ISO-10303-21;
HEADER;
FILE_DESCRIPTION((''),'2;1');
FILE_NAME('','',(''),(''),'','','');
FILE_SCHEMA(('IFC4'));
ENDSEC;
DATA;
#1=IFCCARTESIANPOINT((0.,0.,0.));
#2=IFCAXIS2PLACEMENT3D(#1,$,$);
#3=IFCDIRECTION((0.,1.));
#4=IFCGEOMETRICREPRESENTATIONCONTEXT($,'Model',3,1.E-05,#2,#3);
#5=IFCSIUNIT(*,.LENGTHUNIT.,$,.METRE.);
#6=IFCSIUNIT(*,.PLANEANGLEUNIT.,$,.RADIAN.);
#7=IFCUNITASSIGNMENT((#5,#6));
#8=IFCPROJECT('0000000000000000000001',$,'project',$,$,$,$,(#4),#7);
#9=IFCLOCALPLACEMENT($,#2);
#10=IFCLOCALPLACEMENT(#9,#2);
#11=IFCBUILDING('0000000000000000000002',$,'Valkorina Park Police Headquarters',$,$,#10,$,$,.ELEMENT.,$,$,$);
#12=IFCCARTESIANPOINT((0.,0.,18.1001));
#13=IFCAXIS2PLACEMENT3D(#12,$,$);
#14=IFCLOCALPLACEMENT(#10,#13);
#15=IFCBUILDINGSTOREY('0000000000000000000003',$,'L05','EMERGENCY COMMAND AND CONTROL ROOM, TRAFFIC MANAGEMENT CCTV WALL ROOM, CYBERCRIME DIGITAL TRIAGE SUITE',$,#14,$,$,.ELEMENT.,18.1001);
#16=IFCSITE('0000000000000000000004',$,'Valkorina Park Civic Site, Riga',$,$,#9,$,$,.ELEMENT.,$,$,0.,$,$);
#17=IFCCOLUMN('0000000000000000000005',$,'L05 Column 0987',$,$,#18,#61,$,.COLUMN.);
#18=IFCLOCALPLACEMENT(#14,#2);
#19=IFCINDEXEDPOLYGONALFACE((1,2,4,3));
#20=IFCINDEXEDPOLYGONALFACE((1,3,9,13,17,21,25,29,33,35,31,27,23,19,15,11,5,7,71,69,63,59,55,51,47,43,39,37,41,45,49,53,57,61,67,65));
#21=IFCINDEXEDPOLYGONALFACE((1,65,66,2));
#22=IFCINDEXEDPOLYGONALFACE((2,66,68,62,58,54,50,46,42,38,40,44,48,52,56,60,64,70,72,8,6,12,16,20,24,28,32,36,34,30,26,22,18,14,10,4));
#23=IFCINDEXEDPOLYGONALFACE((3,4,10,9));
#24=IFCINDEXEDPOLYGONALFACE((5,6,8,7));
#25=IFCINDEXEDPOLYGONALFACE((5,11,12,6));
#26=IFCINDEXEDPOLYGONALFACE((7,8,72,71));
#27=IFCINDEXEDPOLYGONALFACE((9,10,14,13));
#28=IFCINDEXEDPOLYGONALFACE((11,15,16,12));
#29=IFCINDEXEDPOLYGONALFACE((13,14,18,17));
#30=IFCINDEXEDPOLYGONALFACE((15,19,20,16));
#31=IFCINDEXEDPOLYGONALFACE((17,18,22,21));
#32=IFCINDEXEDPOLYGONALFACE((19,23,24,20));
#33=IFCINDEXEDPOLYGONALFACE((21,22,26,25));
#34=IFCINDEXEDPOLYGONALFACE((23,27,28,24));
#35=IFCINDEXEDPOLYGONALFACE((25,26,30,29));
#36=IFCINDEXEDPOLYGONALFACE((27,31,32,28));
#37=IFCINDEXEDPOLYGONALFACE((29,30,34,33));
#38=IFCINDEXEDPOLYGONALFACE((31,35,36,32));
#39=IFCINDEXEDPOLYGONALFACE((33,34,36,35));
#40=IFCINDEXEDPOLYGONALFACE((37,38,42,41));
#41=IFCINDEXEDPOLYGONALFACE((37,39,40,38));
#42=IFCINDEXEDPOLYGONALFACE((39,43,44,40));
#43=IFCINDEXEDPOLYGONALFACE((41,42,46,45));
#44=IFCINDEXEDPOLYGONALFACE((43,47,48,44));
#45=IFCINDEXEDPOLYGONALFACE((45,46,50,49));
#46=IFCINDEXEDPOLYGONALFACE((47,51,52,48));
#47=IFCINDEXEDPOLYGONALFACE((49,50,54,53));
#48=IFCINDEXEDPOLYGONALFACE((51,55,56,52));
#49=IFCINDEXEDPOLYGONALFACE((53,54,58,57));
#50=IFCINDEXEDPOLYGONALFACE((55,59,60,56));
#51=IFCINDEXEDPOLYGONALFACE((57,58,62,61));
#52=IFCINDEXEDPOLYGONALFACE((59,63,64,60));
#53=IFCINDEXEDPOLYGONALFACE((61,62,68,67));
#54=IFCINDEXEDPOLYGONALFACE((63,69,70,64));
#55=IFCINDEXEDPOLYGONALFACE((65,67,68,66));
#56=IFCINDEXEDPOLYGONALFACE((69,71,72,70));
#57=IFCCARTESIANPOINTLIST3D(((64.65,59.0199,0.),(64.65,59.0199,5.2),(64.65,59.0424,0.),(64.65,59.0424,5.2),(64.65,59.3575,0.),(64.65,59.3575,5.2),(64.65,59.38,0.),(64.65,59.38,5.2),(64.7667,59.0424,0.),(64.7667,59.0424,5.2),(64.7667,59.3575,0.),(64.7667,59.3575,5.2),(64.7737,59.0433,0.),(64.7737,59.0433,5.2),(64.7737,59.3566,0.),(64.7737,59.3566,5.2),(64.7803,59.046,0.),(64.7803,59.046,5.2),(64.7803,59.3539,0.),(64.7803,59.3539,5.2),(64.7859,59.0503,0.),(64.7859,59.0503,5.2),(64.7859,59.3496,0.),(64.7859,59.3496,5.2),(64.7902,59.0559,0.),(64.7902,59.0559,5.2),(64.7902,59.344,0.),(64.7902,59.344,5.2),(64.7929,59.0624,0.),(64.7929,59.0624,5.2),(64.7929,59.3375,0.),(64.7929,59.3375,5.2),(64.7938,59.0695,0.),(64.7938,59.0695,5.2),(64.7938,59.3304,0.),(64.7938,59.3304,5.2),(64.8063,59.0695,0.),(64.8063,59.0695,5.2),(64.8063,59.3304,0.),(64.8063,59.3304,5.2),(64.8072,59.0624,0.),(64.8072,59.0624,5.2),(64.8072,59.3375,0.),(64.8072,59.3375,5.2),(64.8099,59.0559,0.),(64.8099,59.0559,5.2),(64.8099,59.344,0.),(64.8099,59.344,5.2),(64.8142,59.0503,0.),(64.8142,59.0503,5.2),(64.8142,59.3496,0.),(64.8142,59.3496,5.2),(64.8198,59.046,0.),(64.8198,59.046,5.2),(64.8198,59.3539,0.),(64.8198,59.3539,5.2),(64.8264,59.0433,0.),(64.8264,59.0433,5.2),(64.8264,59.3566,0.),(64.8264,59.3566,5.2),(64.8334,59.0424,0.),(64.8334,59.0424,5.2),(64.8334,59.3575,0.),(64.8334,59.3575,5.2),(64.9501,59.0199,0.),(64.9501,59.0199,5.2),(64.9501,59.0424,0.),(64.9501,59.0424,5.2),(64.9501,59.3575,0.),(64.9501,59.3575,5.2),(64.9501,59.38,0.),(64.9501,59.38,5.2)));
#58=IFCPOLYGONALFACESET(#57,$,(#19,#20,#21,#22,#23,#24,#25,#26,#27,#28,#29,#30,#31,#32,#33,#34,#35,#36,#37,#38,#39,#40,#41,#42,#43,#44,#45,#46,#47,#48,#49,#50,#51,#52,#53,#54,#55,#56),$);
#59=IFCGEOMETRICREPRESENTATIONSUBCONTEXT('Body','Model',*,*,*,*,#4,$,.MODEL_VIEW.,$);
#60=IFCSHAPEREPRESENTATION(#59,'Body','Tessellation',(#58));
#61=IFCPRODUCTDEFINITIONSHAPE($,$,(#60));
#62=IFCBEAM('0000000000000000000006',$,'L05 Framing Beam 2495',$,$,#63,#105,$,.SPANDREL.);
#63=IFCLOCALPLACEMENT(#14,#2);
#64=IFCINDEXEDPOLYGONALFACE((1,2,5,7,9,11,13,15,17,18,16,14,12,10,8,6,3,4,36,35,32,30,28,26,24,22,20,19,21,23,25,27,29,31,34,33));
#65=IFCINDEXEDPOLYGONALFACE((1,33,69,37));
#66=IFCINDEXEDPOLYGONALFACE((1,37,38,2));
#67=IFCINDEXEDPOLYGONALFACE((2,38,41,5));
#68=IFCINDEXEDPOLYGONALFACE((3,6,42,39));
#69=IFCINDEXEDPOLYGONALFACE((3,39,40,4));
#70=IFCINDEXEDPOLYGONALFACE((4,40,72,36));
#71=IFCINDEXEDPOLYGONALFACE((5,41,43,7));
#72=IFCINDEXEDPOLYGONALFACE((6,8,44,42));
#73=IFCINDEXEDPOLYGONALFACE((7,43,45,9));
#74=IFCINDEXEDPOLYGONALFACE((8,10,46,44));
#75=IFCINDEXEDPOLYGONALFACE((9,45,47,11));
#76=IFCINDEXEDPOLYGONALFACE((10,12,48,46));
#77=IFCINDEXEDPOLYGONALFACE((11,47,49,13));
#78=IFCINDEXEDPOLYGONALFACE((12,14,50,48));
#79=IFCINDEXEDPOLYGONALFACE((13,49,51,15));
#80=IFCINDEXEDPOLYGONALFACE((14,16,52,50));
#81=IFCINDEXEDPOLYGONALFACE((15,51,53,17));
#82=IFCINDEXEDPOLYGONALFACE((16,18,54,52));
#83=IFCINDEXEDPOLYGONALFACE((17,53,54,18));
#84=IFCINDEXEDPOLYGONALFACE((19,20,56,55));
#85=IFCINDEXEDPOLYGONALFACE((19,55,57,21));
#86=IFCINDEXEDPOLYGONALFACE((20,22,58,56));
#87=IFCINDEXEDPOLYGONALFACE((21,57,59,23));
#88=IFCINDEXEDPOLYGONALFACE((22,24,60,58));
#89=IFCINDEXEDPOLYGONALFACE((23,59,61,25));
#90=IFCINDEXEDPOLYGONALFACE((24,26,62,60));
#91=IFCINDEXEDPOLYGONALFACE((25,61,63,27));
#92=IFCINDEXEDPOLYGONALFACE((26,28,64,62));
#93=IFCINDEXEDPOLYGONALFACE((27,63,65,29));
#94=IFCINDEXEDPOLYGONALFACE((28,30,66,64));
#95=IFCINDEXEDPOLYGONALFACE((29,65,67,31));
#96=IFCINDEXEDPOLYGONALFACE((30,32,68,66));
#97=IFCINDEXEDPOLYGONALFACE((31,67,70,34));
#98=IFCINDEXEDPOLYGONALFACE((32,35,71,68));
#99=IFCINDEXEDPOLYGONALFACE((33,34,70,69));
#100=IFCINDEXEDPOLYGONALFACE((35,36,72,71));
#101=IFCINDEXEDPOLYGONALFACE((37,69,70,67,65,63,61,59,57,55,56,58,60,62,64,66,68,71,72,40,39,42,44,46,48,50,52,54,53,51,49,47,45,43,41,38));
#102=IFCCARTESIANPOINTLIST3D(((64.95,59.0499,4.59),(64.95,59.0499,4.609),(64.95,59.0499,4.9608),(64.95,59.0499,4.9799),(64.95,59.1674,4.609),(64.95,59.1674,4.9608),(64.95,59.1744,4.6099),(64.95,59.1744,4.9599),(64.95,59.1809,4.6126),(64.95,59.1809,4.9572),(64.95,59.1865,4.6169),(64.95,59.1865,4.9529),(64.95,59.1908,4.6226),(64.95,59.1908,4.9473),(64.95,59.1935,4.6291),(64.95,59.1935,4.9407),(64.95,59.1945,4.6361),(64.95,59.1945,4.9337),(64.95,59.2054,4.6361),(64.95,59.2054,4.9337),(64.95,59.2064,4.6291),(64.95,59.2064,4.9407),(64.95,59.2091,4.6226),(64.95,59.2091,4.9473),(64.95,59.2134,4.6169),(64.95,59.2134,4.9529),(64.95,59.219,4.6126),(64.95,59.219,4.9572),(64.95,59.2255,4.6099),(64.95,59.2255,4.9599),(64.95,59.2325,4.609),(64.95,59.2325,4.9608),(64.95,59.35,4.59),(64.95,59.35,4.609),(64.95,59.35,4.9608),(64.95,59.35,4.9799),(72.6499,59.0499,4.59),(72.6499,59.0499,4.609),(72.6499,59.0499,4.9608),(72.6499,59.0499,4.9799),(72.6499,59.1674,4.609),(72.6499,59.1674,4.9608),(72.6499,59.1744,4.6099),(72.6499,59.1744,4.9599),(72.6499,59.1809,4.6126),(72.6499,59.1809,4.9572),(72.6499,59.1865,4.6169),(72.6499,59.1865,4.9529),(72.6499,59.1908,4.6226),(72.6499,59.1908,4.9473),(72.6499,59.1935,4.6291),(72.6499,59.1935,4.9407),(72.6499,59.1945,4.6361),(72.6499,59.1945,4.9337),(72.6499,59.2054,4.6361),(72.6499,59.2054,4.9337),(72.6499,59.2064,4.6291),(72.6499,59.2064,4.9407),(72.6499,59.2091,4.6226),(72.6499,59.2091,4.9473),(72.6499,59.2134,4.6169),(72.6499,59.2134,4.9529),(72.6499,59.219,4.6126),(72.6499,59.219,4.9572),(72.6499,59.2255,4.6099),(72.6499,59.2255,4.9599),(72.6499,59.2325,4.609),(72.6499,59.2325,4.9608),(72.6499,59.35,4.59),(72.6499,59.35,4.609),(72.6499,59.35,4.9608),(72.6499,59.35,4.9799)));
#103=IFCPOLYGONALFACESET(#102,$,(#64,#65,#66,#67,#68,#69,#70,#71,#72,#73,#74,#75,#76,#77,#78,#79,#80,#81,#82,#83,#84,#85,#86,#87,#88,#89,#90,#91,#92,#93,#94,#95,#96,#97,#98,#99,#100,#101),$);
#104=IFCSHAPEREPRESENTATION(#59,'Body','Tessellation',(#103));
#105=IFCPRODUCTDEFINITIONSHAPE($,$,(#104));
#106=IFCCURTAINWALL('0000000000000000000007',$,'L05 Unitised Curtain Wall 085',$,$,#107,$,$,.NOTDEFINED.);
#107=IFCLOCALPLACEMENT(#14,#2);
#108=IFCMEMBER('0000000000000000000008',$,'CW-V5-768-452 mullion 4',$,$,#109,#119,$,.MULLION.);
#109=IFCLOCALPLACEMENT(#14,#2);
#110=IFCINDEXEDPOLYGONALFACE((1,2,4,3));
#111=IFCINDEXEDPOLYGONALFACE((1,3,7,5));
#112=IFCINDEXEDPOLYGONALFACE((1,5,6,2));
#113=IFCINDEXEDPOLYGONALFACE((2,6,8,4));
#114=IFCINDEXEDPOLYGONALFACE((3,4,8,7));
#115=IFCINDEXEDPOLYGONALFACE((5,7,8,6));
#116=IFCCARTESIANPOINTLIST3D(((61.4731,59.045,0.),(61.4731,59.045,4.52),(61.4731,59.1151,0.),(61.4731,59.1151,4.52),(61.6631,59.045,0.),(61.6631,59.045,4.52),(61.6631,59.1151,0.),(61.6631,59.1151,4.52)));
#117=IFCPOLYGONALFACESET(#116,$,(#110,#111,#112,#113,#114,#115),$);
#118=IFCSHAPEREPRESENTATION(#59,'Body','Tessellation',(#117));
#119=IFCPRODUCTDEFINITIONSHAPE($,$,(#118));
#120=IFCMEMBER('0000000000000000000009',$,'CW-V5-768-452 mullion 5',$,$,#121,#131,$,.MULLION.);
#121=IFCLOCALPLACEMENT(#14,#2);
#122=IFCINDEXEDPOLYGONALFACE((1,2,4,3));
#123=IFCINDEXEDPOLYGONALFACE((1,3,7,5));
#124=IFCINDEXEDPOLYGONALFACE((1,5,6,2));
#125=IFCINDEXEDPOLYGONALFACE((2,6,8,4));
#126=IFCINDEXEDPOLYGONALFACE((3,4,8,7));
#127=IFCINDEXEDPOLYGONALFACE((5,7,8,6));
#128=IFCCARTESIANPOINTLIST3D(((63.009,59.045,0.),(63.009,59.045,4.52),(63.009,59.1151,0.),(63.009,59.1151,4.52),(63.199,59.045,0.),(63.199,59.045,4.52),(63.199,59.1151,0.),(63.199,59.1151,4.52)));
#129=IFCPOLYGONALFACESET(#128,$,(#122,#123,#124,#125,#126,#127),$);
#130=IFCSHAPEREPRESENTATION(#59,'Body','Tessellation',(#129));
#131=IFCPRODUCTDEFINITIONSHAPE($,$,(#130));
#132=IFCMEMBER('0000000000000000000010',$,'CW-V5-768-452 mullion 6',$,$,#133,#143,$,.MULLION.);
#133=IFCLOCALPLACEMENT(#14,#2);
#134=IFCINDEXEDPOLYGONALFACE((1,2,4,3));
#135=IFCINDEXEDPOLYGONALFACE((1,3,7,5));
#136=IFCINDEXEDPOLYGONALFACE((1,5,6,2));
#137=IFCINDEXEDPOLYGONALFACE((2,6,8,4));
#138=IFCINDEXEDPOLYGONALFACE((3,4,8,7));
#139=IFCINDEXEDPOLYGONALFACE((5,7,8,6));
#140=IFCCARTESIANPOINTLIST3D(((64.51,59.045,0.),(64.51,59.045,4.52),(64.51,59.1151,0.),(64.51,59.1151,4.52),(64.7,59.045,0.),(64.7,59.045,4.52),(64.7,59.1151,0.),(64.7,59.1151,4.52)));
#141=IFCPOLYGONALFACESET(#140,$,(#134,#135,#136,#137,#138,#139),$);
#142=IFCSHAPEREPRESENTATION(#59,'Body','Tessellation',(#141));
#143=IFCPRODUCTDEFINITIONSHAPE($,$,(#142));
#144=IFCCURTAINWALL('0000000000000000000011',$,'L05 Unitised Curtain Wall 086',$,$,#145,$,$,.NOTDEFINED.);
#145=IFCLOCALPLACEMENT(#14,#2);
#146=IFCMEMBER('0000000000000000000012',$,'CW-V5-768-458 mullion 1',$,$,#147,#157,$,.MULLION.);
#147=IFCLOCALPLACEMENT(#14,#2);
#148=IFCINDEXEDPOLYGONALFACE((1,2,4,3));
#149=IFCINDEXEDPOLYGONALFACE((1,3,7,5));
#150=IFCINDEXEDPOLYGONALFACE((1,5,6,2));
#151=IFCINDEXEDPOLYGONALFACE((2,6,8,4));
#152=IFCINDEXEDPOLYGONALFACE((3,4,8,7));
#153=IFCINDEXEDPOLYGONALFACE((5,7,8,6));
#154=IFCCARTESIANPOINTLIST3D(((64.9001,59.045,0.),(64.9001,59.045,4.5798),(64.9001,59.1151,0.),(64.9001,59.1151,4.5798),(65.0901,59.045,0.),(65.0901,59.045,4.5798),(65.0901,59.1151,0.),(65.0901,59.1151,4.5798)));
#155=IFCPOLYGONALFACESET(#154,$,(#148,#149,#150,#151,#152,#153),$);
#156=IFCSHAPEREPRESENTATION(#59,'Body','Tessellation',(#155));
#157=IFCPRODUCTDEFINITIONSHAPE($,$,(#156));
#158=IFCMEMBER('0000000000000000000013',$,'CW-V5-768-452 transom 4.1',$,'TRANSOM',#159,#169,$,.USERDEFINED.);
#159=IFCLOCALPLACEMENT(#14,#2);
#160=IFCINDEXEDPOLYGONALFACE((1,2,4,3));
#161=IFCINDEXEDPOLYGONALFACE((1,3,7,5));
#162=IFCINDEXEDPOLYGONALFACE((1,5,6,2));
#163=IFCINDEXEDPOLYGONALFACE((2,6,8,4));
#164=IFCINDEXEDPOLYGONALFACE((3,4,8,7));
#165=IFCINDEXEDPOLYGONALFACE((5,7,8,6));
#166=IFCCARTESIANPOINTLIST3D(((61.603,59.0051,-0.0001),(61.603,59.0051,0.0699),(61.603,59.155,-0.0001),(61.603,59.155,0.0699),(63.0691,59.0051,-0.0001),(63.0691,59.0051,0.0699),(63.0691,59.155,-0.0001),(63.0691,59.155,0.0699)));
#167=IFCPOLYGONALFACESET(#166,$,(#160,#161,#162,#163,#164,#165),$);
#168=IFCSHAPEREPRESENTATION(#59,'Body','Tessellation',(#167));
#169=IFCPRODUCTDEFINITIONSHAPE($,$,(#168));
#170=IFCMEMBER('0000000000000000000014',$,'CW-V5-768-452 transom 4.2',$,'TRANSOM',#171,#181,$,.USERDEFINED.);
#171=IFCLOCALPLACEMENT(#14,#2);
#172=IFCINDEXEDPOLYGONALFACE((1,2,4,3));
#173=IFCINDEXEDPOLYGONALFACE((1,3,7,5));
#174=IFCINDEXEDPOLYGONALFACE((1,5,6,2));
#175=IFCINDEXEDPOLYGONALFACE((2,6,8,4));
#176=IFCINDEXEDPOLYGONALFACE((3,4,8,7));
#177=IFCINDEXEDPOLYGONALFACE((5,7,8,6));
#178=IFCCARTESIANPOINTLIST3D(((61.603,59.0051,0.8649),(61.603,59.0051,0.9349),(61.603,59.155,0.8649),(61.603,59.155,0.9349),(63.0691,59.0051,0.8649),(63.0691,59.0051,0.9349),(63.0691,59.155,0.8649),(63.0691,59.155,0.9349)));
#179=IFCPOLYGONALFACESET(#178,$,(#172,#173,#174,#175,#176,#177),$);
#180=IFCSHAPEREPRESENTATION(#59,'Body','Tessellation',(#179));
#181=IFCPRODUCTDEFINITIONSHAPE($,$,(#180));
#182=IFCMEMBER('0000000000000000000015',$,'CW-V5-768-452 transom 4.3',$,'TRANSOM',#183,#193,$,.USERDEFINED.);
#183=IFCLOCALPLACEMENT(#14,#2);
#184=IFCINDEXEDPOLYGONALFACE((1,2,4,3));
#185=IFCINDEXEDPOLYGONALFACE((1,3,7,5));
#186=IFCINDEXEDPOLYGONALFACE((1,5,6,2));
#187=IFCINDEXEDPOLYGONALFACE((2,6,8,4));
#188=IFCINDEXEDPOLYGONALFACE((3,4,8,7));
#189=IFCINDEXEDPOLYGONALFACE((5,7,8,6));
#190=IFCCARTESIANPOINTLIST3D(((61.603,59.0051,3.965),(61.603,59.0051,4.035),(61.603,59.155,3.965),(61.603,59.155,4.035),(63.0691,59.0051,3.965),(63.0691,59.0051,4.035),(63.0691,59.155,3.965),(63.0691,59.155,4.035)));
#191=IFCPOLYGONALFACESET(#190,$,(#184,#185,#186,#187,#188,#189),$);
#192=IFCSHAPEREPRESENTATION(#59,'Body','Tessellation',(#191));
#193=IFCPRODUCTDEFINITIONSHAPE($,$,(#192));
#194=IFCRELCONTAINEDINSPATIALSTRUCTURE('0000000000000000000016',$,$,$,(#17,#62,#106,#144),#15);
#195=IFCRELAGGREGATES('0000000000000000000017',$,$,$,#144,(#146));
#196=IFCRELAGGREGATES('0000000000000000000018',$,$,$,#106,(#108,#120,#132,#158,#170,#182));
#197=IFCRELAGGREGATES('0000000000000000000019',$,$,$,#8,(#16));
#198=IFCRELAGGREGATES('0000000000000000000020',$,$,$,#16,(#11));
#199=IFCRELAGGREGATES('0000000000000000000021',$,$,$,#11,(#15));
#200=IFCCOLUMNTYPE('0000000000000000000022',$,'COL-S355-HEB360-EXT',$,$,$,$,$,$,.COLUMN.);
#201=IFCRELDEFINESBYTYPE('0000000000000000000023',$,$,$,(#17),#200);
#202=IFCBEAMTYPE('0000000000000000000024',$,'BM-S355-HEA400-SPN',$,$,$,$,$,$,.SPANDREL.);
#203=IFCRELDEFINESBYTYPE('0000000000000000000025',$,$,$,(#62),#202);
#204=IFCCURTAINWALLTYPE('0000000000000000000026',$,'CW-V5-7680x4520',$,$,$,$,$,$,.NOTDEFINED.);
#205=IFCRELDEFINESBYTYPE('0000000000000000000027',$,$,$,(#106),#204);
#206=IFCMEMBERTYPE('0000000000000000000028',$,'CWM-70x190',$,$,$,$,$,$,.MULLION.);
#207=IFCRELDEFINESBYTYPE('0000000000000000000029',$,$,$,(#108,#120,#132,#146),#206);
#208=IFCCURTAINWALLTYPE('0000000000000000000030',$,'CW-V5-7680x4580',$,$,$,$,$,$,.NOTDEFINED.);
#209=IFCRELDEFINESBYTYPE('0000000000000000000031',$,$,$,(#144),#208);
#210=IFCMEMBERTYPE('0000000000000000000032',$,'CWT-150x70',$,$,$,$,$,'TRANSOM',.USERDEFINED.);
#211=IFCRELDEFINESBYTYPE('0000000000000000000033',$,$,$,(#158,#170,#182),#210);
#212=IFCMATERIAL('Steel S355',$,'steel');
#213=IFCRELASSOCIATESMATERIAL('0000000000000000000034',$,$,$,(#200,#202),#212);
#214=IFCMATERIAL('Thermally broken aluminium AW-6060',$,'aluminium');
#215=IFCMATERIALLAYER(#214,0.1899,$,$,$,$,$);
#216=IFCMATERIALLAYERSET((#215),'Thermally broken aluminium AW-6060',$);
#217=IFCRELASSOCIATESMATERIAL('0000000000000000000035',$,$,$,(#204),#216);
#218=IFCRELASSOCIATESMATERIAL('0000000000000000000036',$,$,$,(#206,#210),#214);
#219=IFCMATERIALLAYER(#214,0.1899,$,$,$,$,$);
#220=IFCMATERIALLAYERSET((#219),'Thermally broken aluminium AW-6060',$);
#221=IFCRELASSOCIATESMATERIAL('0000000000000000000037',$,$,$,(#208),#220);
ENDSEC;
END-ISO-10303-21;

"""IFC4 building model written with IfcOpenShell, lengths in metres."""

from ifc_helpers import new_model, si_unit, direction, frame, origin, origin_2d, place, context, subcontext, project, spatial, rectangle, i_section, extrude, material, layer, layer_set, material_profile, profile_set, type_object, element, aggregate, save


model = new_model("IFC4")

# Units and contexts
model_context = context("Model", 3, precision=1e-05, world=origin(), true_north=direction((0.0, 1.0)))
body_context = subcontext(model_context, "Body", "Model", "MODEL_VIEW")
ifc_project = project(units=[si_unit("LENGTHUNIT", "METRE"), si_unit("PLANEANGLEUNIT", "RADIAN")], contexts=[model_context])

# Site, building, storey
site_placement = place(None, origin())
site = spatial("IfcSite", under=ifc_project, at=site_placement, Name="Valkorina Park Civic Site, Riga", CompositionType="ELEMENT", RefElevation=0.0)
building_placement = place(site_placement, origin())
building = spatial("IfcBuilding", under=site, at=building_placement, Name="Valkorina Park Police Headquarters", CompositionType="ELEMENT")
storey_placement = place(building_placement, frame((0.0, 0.0, 18.1001)))
storey = spatial("IfcBuildingStorey", under=building, at=storey_placement, Name="L05", Description="EMERGENCY COMMAND AND CONTROL ROOM, TRAFFIC MANAGEMENT CCTV WALL ROOM, CYBERCRIME DIGITAL TRIAGE SUITE", CompositionType="ELEMENT", Elevation=18.1001)

# Column
ifc_material_1 = material(Name="Steel S355", Category="steel")
ifc_material_profile_1 = material_profile(ifc_material_1, i_section(OverallWidth=0.3, OverallDepth=0.3601, WebThickness=0.0125, FlangeThickness=0.0225, FilletRadius=0.0271, at=origin_2d()), Name="HEB 360")
ifc_profile_set_1 = profile_set([ifc_material_profile_1], Name="Steel S355")
column_type = type_object("IfcColumnType", Name="COL-S355-HEB360-EXT", PredefinedType="COLUMN", material=ifc_profile_set_1)
column_placement = place(storey_placement, frame((64.8, 59.2, 0.0), z_axis=(0.0, 0.0, 1.0), x_axis=(1.0, 0.0, 0.0)))
element("IfcColumn", 1, at=column_placement, inside=storey, type_object=column_type, Name="L05 Column 0987", PredefinedType="COLUMN", context=body_context, shape_type="SweptSolid", body=[
    extrude(i_section(OverallWidth=0.3, OverallDepth=0.3601, WebThickness=0.0125, FlangeThickness=0.0225, FilletRadius=0.0271, at=origin_2d()), origin(), (0.0, 0.0, 1.0), 5.2),
])

# Beam
ifc_material_profile_2 = material_profile(ifc_material_1, i_section(OverallWidth=0.3, OverallDepth=0.3899, WebThickness=0.011, FlangeThickness=0.019, FilletRadius=0.0271, at=origin_2d()), Name="HEA 400")
ifc_profile_set_2 = profile_set([ifc_material_profile_2], Name="Steel S355")
beam_type = type_object("IfcBeamType", Name="BM-S355-HEA400-SPN", PredefinedType="SPANDREL", material=ifc_profile_set_2)
beam_placement = place(storey_placement, frame((64.95, 59.2, 4.7849), z_axis=(1.0, 0.0, 0.0), x_axis=(0.0, 1.0, 0.0)))
element("IfcBeam", 2, at=beam_placement, inside=storey, type_object=beam_type, Name="L05 Framing Beam 2495", PredefinedType="SPANDREL", context=body_context, shape_type="SweptSolid", body=[
    extrude(i_section(OverallWidth=0.3, OverallDepth=0.3899, WebThickness=0.011, FlangeThickness=0.019, FilletRadius=0.0271, at=origin_2d()), origin(), (0.0, 0.0, 1.0), 7.7),
])

# Curtain wall, members
ifc_material_2 = material(Name="Thermally broken aluminium AW-6060", Category="aluminium")
ifc_layer_1 = layer(ifc_material_2, 0.1899)
ifc_layer_set_1 = layer_set([ifc_layer_1], Name="Thermally broken aluminium AW-6060")
curtain_wall_type_1 = type_object("IfcCurtainWallType", Name="CW-V5-7680x4520", PredefinedType="NOTDEFINED", material=ifc_layer_set_1)
curtain_wall_1_placement = place(storey_placement, origin())
curtain_wall_1 = element("IfcCurtainWall", 3, at=curtain_wall_1_placement, inside=storey, type_object=curtain_wall_type_1, Name="L05 Unitised Curtain Wall 085", PredefinedType="NOTDEFINED")
ifc_material_profile_3 = material_profile(ifc_material_2, rectangle(XDim=0.0701, YDim=0.1899, at=origin_2d()), Name="CWM-02 70x190")
ifc_profile_set_3 = profile_set([ifc_material_profile_3], Name="Thermally broken aluminium AW-6060")
member_type_1 = type_object("IfcMemberType", Name="CWM-70x190", PredefinedType="MULLION", material=ifc_profile_set_3)
member_1_placement = place(storey_placement, frame((61.5681, 59.0801, 0.0), z_axis=(0.0, 0.0, 1.0), x_axis=(0.0, 1.0, 0.0)))
member_1 = element("IfcMember", 4, at=member_1_placement, type_object=member_type_1, Name="CW-V5-768-452 mullion 4", PredefinedType="MULLION", context=body_context, shape_type="SweptSolid", body=[
    extrude(rectangle(XDim=0.0701, YDim=0.1899, at=origin_2d()), origin(), (0.0, 0.0, 1.0), 4.52),
])
member_2_placement = place(storey_placement, frame((63.104, 59.0801, 0.0), z_axis=(0.0, 0.0, 1.0), x_axis=(0.0, 1.0, 0.0)))
member_2 = element("IfcMember", 5, at=member_2_placement, type_object=member_type_1, Name="CW-V5-768-452 mullion 5", PredefinedType="MULLION", context=body_context, shape_type="SweptSolid", body=[
    extrude(rectangle(XDim=0.0701, YDim=0.1899, at=origin_2d()), origin(), (0.0, 0.0, 1.0), 4.52),
])
member_3_placement = place(storey_placement, frame((64.605, 59.0801, 0.0), z_axis=(0.0, 0.0, 1.0), x_axis=(0.0, 1.0, 0.0)))
member_3 = element("IfcMember", 6, at=member_3_placement, type_object=member_type_1, Name="CW-V5-768-452 mullion 6", PredefinedType="MULLION", context=body_context, shape_type="SweptSolid", body=[
    extrude(rectangle(XDim=0.0701, YDim=0.1899, at=origin_2d()), origin(), (0.0, 0.0, 1.0), 4.52),
])

# Curtain wall, member
ifc_layer_2 = layer(ifc_material_2, 0.1899)
ifc_layer_set_2 = layer_set([ifc_layer_2], Name="Thermally broken aluminium AW-6060")
curtain_wall_type_2 = type_object("IfcCurtainWallType", Name="CW-V5-7680x4580", PredefinedType="NOTDEFINED", material=ifc_layer_set_2)
curtain_wall_2_placement = place(storey_placement, origin())
curtain_wall_2 = element("IfcCurtainWall", 7, at=curtain_wall_2_placement, inside=storey, type_object=curtain_wall_type_2, Name="L05 Unitised Curtain Wall 086", PredefinedType="NOTDEFINED")
member_4_placement = place(storey_placement, frame((64.9951, 59.0801, 0.0), z_axis=(0.0, 0.0, 1.0), x_axis=(0.0, 1.0, 0.0)))
member_4 = element("IfcMember", 8, at=member_4_placement, type_object=member_type_1, Name="CW-V5-768-458 mullion 1", PredefinedType="MULLION", context=body_context, shape_type="SweptSolid", body=[
    extrude(rectangle(XDim=0.0701, YDim=0.1899, at=origin_2d()), origin(), (0.0, 0.0, 1.0), 4.5798),
])

# Members
ifc_material_profile_4 = material_profile(ifc_material_2, rectangle(XDim=0.1499, YDim=0.0701, at=origin_2d()), Name="CWT-02 150x70")
ifc_profile_set_4 = profile_set([ifc_material_profile_4], Name="Thermally broken aluminium AW-6060")
member_type_2 = type_object("IfcMemberType", Name="CWT-150x70", ElementType="TRANSOM", PredefinedType="USERDEFINED", material=ifc_profile_set_4)
member_5_placement = place(storey_placement, frame((61.603, 59.0801, 0.0349), z_axis=(1.0, 0.0, 0.0), x_axis=(0.0, 1.0, 0.0)))
member_5 = element("IfcMember", 9, at=member_5_placement, type_object=member_type_2, Name="CW-V5-768-452 transom 4.1", ObjectType="TRANSOM", PredefinedType="USERDEFINED", context=body_context, shape_type="SweptSolid", body=[
    extrude(rectangle(XDim=0.1499, YDim=0.0701, at=origin_2d()), origin(), (0.0, 0.0, 1.0), 1.4661),
])
member_6_placement = place(storey_placement, frame((61.603, 59.0801, 0.8999), z_axis=(1.0, 0.0, 0.0), x_axis=(0.0, 1.0, 0.0)))
member_6 = element("IfcMember", 10, at=member_6_placement, type_object=member_type_2, Name="CW-V5-768-452 transom 4.2", ObjectType="TRANSOM", PredefinedType="USERDEFINED", context=body_context, shape_type="SweptSolid", body=[
    extrude(rectangle(XDim=0.1499, YDim=0.0701, at=origin_2d()), origin(), (0.0, 0.0, 1.0), 1.4661),
])
member_7_placement = place(storey_placement, frame((61.603, 59.0801, 4.0), z_axis=(1.0, 0.0, 0.0), x_axis=(0.0, 1.0, 0.0)))
member_7 = element("IfcMember", 11, at=member_7_placement, type_object=member_type_2, Name="CW-V5-768-452 transom 4.3", ObjectType="TRANSOM", PredefinedType="USERDEFINED", context=body_context, shape_type="SweptSolid", body=[
    extrude(rectangle(XDim=0.1499, YDim=0.0701, at=origin_2d()), origin(), (0.0, 0.0, 1.0), 1.4661),
])
aggregate(curtain_wall_2, [member_4])

aggregate(curtain_wall_1, [member_1, member_2, member_3, member_5, member_6, member_7])

save(model, "model.ifc")
